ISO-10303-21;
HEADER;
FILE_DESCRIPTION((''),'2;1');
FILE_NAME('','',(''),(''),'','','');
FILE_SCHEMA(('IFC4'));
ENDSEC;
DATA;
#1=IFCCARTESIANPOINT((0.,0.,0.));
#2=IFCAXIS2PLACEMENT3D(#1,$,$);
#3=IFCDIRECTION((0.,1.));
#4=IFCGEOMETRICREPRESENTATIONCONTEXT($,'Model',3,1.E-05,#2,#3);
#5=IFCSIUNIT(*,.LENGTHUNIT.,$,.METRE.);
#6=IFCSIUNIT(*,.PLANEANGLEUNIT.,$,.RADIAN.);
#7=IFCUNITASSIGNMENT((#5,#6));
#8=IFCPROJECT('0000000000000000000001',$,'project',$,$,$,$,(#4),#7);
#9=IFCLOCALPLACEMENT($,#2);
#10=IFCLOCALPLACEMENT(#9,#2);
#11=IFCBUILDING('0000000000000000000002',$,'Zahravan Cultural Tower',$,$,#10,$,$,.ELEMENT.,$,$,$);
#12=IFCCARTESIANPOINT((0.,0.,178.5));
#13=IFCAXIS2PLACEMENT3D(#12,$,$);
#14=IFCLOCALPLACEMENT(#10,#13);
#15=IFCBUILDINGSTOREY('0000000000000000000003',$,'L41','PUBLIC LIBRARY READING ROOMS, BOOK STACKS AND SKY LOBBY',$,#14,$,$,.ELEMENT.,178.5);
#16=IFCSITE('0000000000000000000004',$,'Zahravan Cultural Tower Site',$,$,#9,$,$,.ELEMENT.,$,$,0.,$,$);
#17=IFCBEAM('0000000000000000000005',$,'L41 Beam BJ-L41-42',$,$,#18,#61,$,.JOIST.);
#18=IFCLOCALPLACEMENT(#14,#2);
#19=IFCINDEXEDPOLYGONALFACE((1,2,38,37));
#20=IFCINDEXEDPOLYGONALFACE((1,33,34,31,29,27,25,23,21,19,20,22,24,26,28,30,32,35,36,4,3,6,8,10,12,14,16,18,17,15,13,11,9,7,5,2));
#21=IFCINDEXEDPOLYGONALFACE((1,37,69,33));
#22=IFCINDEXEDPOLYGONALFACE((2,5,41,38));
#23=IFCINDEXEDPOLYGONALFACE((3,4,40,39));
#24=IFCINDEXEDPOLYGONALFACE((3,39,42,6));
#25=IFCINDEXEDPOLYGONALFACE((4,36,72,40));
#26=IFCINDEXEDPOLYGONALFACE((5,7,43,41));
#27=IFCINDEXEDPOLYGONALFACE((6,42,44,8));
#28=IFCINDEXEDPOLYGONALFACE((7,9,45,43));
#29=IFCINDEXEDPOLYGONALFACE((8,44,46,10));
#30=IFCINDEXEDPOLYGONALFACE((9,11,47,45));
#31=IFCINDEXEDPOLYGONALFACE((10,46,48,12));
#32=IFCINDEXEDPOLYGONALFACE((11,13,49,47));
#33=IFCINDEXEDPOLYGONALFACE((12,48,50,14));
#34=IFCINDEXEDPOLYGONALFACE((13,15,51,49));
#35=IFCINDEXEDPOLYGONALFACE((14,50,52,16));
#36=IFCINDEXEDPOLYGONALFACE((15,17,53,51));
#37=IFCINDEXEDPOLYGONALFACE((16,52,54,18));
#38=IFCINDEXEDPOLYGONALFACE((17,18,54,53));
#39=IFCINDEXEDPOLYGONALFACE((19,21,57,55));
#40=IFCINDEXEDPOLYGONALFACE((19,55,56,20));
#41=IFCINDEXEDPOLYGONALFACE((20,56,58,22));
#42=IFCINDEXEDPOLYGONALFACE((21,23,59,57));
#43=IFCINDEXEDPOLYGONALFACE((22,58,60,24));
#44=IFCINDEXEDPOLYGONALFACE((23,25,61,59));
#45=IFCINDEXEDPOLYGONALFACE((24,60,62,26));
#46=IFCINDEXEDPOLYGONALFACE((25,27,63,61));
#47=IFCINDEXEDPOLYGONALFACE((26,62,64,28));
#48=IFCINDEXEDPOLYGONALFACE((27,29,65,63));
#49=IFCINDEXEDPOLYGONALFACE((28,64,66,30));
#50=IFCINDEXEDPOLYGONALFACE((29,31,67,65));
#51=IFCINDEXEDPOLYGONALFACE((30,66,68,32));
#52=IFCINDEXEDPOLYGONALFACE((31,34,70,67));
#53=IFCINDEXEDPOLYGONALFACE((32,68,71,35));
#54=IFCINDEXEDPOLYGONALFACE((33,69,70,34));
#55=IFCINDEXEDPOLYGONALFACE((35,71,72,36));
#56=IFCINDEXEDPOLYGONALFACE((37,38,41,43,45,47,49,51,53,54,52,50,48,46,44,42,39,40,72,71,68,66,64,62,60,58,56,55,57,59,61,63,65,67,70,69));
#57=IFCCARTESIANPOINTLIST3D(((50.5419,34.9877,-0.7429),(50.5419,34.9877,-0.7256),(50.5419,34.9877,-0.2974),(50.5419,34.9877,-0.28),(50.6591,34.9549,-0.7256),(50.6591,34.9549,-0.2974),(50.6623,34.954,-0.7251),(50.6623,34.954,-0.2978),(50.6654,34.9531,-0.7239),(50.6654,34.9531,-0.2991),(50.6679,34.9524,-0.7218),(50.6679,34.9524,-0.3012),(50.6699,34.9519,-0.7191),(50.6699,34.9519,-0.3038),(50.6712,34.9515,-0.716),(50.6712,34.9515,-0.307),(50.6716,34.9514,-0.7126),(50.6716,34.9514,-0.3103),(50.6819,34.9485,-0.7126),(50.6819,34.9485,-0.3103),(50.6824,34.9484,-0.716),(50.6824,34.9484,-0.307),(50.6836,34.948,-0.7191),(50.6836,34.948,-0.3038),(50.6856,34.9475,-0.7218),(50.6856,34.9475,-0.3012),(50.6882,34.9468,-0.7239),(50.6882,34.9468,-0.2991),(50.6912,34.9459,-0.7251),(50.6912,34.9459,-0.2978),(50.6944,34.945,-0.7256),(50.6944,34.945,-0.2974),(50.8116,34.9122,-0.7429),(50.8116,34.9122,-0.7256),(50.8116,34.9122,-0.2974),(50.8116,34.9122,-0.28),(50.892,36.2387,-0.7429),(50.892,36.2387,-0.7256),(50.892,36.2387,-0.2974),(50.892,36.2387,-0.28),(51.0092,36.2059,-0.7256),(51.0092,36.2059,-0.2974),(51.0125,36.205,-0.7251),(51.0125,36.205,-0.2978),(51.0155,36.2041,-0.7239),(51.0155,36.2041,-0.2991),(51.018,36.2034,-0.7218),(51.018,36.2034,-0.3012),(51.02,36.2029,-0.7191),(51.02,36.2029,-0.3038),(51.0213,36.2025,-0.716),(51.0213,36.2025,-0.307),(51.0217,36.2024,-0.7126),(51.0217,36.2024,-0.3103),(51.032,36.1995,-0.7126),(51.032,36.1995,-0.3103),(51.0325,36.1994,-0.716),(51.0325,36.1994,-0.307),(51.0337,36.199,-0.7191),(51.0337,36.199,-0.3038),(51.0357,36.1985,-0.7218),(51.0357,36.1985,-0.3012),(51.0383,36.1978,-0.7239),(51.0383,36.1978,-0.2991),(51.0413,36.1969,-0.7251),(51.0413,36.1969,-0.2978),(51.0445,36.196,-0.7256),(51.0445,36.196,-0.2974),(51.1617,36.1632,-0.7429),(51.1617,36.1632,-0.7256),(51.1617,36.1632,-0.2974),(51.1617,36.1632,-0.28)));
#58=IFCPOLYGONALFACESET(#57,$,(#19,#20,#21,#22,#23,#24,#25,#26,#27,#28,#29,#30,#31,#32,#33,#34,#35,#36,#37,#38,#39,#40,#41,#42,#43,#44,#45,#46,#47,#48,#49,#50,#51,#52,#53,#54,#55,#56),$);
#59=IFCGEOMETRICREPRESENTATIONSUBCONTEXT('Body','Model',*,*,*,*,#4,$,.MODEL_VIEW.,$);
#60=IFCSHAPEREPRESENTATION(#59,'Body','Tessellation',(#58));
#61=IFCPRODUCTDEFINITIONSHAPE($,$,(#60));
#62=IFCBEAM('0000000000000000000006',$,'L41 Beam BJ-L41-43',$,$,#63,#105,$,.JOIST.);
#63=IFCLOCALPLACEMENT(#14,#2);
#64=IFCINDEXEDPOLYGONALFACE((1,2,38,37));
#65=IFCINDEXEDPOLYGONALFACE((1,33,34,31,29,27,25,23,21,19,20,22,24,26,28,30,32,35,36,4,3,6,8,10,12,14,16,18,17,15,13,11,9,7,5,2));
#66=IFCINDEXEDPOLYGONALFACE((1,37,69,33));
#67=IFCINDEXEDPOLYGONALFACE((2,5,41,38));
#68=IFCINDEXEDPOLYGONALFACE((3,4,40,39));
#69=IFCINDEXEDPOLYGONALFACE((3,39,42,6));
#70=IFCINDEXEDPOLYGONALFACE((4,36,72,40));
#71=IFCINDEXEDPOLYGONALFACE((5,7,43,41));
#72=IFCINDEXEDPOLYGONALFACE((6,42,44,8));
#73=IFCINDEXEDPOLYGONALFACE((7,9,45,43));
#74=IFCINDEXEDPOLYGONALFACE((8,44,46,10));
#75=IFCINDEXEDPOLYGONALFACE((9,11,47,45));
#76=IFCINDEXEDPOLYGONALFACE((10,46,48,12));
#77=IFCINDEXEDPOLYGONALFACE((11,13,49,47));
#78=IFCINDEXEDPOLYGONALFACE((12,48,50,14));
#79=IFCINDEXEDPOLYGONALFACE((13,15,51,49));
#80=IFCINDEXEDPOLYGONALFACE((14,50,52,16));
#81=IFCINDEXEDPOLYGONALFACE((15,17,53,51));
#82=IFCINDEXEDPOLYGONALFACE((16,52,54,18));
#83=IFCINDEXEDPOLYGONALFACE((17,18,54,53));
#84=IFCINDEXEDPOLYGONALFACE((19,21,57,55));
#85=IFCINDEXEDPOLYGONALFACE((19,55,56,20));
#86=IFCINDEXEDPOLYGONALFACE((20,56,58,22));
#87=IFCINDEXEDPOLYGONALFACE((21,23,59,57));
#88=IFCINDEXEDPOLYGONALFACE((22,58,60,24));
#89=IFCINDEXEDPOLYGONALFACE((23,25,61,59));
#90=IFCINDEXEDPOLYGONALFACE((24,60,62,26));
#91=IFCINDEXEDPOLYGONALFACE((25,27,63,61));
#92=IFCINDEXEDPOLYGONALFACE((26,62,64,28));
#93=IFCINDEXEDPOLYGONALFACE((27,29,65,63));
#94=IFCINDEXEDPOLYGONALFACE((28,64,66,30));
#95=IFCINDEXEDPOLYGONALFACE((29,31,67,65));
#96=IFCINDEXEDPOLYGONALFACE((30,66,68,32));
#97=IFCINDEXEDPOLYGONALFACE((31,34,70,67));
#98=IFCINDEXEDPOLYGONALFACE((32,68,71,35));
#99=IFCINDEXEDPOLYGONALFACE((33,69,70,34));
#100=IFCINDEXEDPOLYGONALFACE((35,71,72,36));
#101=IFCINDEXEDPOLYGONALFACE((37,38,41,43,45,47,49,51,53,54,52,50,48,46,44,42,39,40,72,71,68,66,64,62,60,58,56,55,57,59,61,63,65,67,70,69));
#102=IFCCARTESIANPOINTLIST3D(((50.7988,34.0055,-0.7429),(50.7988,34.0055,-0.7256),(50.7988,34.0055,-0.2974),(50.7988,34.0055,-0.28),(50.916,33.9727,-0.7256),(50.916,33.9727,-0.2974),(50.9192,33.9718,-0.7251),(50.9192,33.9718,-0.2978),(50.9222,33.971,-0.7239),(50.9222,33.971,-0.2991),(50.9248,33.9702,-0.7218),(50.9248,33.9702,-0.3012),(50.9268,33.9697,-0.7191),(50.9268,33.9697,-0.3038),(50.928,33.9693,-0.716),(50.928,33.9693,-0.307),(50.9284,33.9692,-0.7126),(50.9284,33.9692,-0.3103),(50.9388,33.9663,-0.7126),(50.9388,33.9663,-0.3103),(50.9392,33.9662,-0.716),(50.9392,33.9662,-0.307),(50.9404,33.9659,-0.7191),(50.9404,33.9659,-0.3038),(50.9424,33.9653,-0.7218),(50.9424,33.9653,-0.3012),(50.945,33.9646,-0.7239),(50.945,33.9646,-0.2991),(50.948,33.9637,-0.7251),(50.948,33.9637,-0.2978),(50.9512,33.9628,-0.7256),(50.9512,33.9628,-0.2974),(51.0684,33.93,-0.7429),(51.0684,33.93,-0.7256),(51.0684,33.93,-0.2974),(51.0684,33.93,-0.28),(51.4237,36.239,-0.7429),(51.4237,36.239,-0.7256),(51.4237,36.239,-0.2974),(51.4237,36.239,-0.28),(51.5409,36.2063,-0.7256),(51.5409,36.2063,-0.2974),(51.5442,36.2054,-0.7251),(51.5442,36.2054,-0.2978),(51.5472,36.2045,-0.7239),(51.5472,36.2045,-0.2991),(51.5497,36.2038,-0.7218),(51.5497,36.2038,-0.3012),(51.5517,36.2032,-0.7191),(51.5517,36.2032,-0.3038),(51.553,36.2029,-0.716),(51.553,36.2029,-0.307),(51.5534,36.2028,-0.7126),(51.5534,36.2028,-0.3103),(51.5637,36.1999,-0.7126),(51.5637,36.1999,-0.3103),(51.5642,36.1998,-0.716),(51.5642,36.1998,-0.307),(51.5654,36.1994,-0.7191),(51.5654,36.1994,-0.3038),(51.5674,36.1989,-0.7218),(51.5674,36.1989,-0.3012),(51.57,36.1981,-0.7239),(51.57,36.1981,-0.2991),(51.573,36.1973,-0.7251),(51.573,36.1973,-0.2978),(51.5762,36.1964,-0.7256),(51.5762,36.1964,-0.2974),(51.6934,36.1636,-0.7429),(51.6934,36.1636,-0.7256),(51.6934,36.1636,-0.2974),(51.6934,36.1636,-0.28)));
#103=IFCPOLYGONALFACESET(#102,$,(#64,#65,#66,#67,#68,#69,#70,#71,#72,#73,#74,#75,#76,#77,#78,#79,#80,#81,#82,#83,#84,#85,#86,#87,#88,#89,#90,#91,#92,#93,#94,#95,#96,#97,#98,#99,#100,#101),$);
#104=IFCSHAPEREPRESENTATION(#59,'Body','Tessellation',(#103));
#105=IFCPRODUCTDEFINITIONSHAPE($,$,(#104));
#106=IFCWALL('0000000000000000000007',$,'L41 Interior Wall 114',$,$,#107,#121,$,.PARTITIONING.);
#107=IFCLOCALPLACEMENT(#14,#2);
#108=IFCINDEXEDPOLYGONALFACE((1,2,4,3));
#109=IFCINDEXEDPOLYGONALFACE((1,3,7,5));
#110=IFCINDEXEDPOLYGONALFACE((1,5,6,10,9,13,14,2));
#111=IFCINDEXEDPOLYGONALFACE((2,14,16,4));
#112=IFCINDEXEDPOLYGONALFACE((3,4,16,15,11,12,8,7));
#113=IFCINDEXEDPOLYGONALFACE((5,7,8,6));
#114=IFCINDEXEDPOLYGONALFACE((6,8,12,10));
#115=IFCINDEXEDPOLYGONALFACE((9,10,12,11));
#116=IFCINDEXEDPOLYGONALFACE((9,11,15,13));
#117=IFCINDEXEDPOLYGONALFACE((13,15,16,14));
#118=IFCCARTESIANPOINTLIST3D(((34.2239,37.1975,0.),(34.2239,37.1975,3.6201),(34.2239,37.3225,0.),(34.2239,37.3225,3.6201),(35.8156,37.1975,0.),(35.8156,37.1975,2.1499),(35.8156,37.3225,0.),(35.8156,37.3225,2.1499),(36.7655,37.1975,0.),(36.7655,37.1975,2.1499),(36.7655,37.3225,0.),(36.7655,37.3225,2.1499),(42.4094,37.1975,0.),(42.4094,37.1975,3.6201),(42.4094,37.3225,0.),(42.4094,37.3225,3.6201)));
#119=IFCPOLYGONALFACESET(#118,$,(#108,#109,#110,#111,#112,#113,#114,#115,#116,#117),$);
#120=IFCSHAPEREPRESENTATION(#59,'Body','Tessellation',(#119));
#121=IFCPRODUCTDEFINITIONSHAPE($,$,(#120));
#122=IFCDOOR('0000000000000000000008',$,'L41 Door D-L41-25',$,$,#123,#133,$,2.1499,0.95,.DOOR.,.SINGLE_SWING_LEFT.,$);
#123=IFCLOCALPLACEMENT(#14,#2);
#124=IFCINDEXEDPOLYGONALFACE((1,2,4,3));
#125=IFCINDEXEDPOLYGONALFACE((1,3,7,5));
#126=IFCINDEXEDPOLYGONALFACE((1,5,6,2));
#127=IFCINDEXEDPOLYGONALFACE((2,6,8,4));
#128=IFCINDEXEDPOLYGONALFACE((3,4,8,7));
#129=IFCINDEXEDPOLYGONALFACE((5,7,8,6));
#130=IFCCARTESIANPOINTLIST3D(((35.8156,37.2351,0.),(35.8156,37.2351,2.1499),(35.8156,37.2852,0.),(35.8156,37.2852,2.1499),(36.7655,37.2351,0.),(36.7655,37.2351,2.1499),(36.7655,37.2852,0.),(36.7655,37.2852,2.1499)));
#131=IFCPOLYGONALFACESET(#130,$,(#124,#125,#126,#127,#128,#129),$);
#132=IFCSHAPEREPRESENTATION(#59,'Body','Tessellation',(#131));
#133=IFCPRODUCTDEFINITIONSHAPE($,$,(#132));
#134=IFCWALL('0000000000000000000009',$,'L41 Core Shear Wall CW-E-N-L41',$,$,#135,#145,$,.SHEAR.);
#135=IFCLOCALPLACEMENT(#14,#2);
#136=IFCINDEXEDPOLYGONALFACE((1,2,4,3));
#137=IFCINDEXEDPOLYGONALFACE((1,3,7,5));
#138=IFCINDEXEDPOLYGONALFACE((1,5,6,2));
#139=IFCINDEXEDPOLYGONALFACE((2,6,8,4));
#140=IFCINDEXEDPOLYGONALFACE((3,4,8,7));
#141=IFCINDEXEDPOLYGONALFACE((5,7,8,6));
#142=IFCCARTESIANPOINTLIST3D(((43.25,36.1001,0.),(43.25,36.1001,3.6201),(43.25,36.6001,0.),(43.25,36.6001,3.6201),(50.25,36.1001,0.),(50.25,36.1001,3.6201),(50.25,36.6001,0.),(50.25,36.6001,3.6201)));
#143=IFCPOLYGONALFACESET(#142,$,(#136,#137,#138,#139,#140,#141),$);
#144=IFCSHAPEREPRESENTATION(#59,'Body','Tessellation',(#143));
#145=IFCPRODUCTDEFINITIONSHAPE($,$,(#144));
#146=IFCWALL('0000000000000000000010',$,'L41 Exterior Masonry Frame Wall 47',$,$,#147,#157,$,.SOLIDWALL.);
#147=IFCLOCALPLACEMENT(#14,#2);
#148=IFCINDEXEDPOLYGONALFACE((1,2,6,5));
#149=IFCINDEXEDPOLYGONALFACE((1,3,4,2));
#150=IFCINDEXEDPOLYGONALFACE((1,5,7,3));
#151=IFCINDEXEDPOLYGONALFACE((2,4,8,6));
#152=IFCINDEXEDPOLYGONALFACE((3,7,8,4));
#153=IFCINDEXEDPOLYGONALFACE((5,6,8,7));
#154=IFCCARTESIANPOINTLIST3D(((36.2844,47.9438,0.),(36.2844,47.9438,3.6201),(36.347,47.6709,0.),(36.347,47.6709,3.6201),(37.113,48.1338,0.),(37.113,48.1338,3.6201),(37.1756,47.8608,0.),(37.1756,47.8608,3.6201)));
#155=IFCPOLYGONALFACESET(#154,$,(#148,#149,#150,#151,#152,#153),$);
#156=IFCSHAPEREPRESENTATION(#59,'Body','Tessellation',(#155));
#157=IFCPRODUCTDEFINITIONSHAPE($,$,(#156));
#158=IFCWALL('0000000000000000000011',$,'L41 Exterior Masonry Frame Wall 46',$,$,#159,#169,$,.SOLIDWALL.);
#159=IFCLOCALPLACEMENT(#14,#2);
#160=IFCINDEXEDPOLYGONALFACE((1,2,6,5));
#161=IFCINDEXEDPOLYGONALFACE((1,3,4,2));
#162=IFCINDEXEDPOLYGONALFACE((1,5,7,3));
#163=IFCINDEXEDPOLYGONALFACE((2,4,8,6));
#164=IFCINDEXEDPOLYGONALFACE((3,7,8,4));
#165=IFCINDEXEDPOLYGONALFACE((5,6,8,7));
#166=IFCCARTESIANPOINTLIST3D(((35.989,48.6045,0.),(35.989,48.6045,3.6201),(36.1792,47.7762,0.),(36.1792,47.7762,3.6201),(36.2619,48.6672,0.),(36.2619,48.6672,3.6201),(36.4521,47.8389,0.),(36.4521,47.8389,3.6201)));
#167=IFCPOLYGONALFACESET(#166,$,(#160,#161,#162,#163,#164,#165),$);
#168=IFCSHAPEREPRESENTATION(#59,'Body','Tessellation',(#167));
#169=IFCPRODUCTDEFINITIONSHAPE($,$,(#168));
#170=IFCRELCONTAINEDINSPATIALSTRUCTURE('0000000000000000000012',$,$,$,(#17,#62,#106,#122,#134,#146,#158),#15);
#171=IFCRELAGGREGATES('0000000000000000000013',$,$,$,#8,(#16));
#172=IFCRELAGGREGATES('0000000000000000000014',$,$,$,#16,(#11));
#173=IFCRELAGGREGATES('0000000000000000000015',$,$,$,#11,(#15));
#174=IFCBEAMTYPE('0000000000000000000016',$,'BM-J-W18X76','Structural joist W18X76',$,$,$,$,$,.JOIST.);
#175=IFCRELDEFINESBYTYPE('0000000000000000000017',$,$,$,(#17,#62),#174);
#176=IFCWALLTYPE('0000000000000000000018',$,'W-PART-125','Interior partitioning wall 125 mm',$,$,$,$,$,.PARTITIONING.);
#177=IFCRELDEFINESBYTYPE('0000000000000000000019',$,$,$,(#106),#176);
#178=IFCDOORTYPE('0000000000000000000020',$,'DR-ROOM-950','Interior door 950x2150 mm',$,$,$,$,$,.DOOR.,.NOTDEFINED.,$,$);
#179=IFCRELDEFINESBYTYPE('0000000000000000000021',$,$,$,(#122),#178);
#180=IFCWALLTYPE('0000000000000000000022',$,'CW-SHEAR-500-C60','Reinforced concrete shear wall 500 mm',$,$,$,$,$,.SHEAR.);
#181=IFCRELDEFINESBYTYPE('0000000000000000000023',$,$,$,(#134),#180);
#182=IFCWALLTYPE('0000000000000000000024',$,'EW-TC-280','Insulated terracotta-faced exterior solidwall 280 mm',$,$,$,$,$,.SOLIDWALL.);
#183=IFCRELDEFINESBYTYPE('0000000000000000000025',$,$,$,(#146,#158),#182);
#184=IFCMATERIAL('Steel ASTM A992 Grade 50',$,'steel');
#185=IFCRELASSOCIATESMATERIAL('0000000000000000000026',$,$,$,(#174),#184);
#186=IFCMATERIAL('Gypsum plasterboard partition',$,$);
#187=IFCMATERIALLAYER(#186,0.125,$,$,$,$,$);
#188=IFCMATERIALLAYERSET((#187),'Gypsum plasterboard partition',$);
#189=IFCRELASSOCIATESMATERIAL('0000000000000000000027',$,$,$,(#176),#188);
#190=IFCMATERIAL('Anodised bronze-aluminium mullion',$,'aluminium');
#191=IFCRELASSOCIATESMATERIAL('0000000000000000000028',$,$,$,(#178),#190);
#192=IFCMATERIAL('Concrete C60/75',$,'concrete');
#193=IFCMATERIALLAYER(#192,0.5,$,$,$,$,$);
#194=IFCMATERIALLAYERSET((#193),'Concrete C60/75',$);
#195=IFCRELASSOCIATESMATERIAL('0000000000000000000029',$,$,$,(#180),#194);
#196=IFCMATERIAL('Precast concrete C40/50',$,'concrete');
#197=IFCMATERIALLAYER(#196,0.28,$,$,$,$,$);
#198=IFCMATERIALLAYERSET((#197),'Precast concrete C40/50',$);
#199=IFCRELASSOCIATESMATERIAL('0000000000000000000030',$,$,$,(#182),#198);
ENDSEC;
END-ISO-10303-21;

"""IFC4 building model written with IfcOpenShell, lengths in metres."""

from ifc_helpers import new_model, si_unit, direction, frame, frame_2d, origin, origin_2d, place, context, subcontext, project, spatial, rectangle, i_section, extrude, source, transform, mapped, material, layer, layer_set, material_profile, profile_set, type_object, element, fill, save


model = new_model("IFC4")

# Units and contexts
model_context = context("Model", 3, precision=1e-05, world=origin(), true_north=direction((0.0, 1.0)))
body_context = subcontext(model_context, "Body", "Model", "MODEL_VIEW")
ifc_project = project(units=[si_unit("LENGTHUNIT", "METRE"), si_unit("PLANEANGLEUNIT", "RADIAN")], contexts=[model_context])

# Site, building, storey
site_placement = place(None, origin())
site = spatial("IfcSite", under=ifc_project, at=site_placement, Name="Zahravan Cultural Tower Site", CompositionType="ELEMENT", RefElevation=0.0)
building_placement = place(site_placement, origin())
building = spatial("IfcBuilding", under=site, at=building_placement, Name="Zahravan Cultural Tower", CompositionType="ELEMENT")
storey_placement = place(building_placement, frame((0.0, 0.0, 178.5)))
storey = spatial("IfcBuildingStorey", under=building, at=storey_placement, Name="L41", Description="PUBLIC LIBRARY READING ROOMS, BOOK STACKS AND SKY LOBBY", CompositionType="ELEMENT", Elevation=178.5)

# Beams
ifc_material_1 = material(Name="Steel ASTM A992 Grade 50", Category="steel")
ifc_material_profile_1 = material_profile(ifc_material_1, i_section(OverallWidth=0.28, OverallDepth=0.4629, WebThickness=0.0107, FlangeThickness=0.0173, FilletRadius=0.0129, at=origin_2d()), Name="W18X76")
ifc_profile_set_1 = profile_set([ifc_material_profile_1], Name="Steel ASTM A992 Grade 50")
beam_type_1 = type_object("IfcBeamType", Name="BM-J-W18X76", Description="Structural joist W18X76", PredefinedType="JOIST", material=ifc_profile_set_1)
shared_shape_1 = source(origin(), body_context, "Body", "SweptSolid", [
    extrude(i_section(OverallWidth=0.28, OverallDepth=0.4629, WebThickness=0.0107, FlangeThickness=0.0173, FilletRadius=0.0129, at=origin_2d()), origin(), (0.0, 0.0, 1.0), 1.2991),
])
beam_1_placement = place(storey_placement, frame((50.6768, 34.95, -0.5115), z_axis=(0.269504, 0.962999, 0.0), x_axis=(-0.962999, 0.269504, 0.0)))
element("IfcBeam", 1, at=beam_1_placement, inside=storey, type_object=beam_type_1, Name="L41 Beam BJ-L41-42", PredefinedType="JOIST", context=body_context, shape_type="MappedRepresentation", body=[
    mapped(shared_shape_1, transform((0.0, 0.0, 0.0), x_axis=(1.0, 0.0, 0.0), y_axis=(0.0, 1.0, 0.0), z_axis=(0.0, 0.0, 1.0), scale=1.0)),
])
shared_shape_2 = source(origin(), body_context, "Body", "SweptSolid", [
    extrude(i_section(OverallWidth=0.28, OverallDepth=0.4629, WebThickness=0.0107, FlangeThickness=0.0173, FilletRadius=0.0129, at=origin_2d()), origin(), (0.0, 0.0, 1.0), 2.3193),
])
beam_2_placement = place(storey_placement, frame((50.9336, 33.9678, -0.5115), z_axis=(0.269462, 0.963011, 0.0), x_axis=(-0.963011, 0.269462, 0.0)))
element("IfcBeam", 2, at=beam_2_placement, inside=storey, type_object=beam_type_1, Name="L41 Beam BJ-L41-43", PredefinedType="JOIST", context=body_context, shape_type="MappedRepresentation", body=[
    mapped(shared_shape_2, transform((0.0, 0.0, 0.0), x_axis=(1.0, 0.0, 0.0), y_axis=(0.0, 1.0, 0.0), z_axis=(0.0, 0.0, 1.0), scale=1.0)),
])

# Wall, opening, door
ifc_material_2 = material(Name="Gypsum plasterboard partition")
ifc_layer_1 = layer(ifc_material_2, 0.125)
ifc_layer_set_1 = layer_set([ifc_layer_1], Name="Gypsum plasterboard partition")
wall_type_1 = type_object("IfcWallType", Name="W-PART-125", Description="Interior partitioning wall 125 mm", PredefinedType="PARTITIONING", material=ifc_layer_set_1)
wall_1_placement = place(storey_placement, frame((42.4094, 37.26, 0.0), z_axis=(0.0, 0.0, 1.0), x_axis=(-1.0, 0.0, 0.0)))
wall_1 = element("IfcWall", 3, at=wall_1_placement, inside=storey, type_object=wall_type_1, Name="L41 Interior Wall 114", PredefinedType="PARTITIONING", context=body_context, shape_type="SweptSolid", body=[
    extrude(rectangle(XDim=8.1855, YDim=0.125, at=frame_2d((4.0928, 0.0))), origin(), (0.0, 0.0, 1.0), 3.6201),
])
opening_1_placement = place(wall_1_placement, frame((5.6438, 0.0, 0.0)))
opening_1 = element("IfcOpeningElement", 4, at=opening_1_placement, cuts=wall_1, PredefinedType="OPENING", context=body_context, shape_type="SweptSolid", body=[
    extrude(rectangle(XDim=0.95, YDim=2.1499, at=frame_2d((0.4751, 1.075))), frame((0.0, 0.0725, 0.0), z_axis=(0.0, -1.0, 0.0), x_axis=(1.0, 0.0, 0.0)), (0.0, 0.0, 1.0), 0.145),
])
ifc_material_3 = material(Name="Anodised bronze-aluminium mullion", Category="aluminium")
door_type_1 = type_object("IfcDoorType", Name="DR-ROOM-950", Description="Interior door 950x2150 mm", OperationType="NOTDEFINED", PredefinedType="DOOR", material=ifc_material_3)
shared_shape_3 = source(origin(), body_context, "Body", "SweptSolid", [
    extrude(rectangle(XDim=0.95, YDim=2.1499, at=frame_2d((0.4751, 1.075))), frame((0.0, 0.0249, 0.0), z_axis=(0.0, -1.0, 0.0), x_axis=(1.0, 0.0, 0.0)), (0.0, 0.0, 1.0), 0.05),
])
door_1_placement = place(opening_1_placement, origin())
door_1 = element("IfcDoor", 5, at=door_1_placement, inside=storey, type_object=door_type_1, Name="L41 Door D-L41-25", OperationType="SINGLE_SWING_LEFT", OverallHeight=2.1499, OverallWidth=0.95, PredefinedType="DOOR", context=body_context, shape_type="MappedRepresentation", body=[
    mapped(shared_shape_3, transform((0.0, 0.0, 0.0), x_axis=(1.0, 0.0, 0.0), y_axis=(0.0, 1.0, 0.0), z_axis=(0.0, 0.0, 1.0), scale=1.0)),
])
fill(opening_1, door_1)

# Walls
ifc_material_4 = material(Name="Concrete C60/75", Category="concrete")
ifc_layer_2 = layer(ifc_material_4, 0.5)
ifc_layer_set_2 = layer_set([ifc_layer_2], Name="Concrete C60/75")
wall_type_2 = type_object("IfcWallType", Name="CW-SHEAR-500-C60", Description="Reinforced concrete shear wall 500 mm", PredefinedType="SHEAR", material=ifc_layer_set_2)
shared_shape_4 = source(origin(), body_context, "Body", "SweptSolid", [
    extrude(rectangle(XDim=7.0, YDim=0.5, at=frame_2d((3.5, 0.0))), origin(), (0.0, 0.0, 1.0), 3.6201),
])
wall_2_placement = place(storey_placement, frame((43.25, 36.3501, 0.0), z_axis=(0.0, 0.0, 1.0), x_axis=(1.0, 0.0, 0.0)))
element("IfcWall", 6, at=wall_2_placement, inside=storey, type_object=wall_type_2, Name="L41 Core Shear Wall CW-E-N-L41", PredefinedType="SHEAR", context=body_context, shape_type="MappedRepresentation", body=[
    mapped(shared_shape_4, transform((0.0, 0.0, 0.0), x_axis=(1.0, 0.0, 0.0), y_axis=(0.0, 1.0, 0.0), z_axis=(0.0, 0.0, 1.0), scale=1.0)),
])
ifc_material_5 = material(Name="Precast concrete C40/50", Category="concrete")
ifc_layer_3 = layer(ifc_material_5, 0.28)
ifc_layer_set_3 = layer_set([ifc_layer_3], Name="Precast concrete C40/50")
wall_type_3 = type_object("IfcWallType", Name="EW-TC-280", Description="Insulated terracotta-faced exterior solidwall 280 mm", PredefinedType="SOLIDWALL", material=ifc_layer_set_3)
shared_shape_5 = source(origin(), body_context, "Body", "SweptSolid", [
    extrude(rectangle(XDim=0.8501, YDim=0.28, at=frame_2d((0.425, 0.0))), origin(), (0.0, 0.0, 1.0), 3.6201),
])
wall_3_placement = place(storey_placement, frame((36.3157, 47.8074, 0.0), z_axis=(0.0, 0.0, 1.0), x_axis=(0.974719, 0.223433, 0.0)))
element("IfcWall", 7, at=wall_3_placement, inside=storey, type_object=wall_type_3, Name="L41 Exterior Masonry Frame Wall 47", PredefinedType="SOLIDWALL", context=body_context, shape_type="MappedRepresentation", body=[
    mapped(shared_shape_5, transform((0.0, 0.0, 0.0), x_axis=(1.0, 0.0, 0.0), y_axis=(0.0, 1.0, 0.0), z_axis=(0.0, 0.0, 1.0), scale=1.0)),
])
shared_shape_6 = source(origin(), body_context, "Body", "SweptSolid", [
    extrude(rectangle(XDim=0.8499, YDim=0.28, at=frame_2d((0.4248, 0.0))), origin(), (0.0, 0.0, 1.0), 3.6201),
])
for number, where, z_axis, x_axis, name in (
    (8, (36.1255, 48.6357, 0.0), (0.0, 0.0, 1.0), (0.223768, -0.974642, 0.0), "L41 Exterior Masonry Frame Wall 46"),
):
    element("IfcWall", number, at=place(storey_placement, frame(where, z_axis=z_axis, x_axis=x_axis)), inside=storey, type_object=wall_type_3, Name=name, PredefinedType="SOLIDWALL", context=body_context, shape_type="MappedRepresentation", body=[
        mapped(shared_shape_6, transform((0.0, 0.0, 0.0), x_axis=(1.0, 0.0, 0.0), y_axis=(0.0, 1.0, 0.0), z_axis=(0.0, 0.0, 1.0), scale=1.0)),
    ])

save(model, "model.ifc")
